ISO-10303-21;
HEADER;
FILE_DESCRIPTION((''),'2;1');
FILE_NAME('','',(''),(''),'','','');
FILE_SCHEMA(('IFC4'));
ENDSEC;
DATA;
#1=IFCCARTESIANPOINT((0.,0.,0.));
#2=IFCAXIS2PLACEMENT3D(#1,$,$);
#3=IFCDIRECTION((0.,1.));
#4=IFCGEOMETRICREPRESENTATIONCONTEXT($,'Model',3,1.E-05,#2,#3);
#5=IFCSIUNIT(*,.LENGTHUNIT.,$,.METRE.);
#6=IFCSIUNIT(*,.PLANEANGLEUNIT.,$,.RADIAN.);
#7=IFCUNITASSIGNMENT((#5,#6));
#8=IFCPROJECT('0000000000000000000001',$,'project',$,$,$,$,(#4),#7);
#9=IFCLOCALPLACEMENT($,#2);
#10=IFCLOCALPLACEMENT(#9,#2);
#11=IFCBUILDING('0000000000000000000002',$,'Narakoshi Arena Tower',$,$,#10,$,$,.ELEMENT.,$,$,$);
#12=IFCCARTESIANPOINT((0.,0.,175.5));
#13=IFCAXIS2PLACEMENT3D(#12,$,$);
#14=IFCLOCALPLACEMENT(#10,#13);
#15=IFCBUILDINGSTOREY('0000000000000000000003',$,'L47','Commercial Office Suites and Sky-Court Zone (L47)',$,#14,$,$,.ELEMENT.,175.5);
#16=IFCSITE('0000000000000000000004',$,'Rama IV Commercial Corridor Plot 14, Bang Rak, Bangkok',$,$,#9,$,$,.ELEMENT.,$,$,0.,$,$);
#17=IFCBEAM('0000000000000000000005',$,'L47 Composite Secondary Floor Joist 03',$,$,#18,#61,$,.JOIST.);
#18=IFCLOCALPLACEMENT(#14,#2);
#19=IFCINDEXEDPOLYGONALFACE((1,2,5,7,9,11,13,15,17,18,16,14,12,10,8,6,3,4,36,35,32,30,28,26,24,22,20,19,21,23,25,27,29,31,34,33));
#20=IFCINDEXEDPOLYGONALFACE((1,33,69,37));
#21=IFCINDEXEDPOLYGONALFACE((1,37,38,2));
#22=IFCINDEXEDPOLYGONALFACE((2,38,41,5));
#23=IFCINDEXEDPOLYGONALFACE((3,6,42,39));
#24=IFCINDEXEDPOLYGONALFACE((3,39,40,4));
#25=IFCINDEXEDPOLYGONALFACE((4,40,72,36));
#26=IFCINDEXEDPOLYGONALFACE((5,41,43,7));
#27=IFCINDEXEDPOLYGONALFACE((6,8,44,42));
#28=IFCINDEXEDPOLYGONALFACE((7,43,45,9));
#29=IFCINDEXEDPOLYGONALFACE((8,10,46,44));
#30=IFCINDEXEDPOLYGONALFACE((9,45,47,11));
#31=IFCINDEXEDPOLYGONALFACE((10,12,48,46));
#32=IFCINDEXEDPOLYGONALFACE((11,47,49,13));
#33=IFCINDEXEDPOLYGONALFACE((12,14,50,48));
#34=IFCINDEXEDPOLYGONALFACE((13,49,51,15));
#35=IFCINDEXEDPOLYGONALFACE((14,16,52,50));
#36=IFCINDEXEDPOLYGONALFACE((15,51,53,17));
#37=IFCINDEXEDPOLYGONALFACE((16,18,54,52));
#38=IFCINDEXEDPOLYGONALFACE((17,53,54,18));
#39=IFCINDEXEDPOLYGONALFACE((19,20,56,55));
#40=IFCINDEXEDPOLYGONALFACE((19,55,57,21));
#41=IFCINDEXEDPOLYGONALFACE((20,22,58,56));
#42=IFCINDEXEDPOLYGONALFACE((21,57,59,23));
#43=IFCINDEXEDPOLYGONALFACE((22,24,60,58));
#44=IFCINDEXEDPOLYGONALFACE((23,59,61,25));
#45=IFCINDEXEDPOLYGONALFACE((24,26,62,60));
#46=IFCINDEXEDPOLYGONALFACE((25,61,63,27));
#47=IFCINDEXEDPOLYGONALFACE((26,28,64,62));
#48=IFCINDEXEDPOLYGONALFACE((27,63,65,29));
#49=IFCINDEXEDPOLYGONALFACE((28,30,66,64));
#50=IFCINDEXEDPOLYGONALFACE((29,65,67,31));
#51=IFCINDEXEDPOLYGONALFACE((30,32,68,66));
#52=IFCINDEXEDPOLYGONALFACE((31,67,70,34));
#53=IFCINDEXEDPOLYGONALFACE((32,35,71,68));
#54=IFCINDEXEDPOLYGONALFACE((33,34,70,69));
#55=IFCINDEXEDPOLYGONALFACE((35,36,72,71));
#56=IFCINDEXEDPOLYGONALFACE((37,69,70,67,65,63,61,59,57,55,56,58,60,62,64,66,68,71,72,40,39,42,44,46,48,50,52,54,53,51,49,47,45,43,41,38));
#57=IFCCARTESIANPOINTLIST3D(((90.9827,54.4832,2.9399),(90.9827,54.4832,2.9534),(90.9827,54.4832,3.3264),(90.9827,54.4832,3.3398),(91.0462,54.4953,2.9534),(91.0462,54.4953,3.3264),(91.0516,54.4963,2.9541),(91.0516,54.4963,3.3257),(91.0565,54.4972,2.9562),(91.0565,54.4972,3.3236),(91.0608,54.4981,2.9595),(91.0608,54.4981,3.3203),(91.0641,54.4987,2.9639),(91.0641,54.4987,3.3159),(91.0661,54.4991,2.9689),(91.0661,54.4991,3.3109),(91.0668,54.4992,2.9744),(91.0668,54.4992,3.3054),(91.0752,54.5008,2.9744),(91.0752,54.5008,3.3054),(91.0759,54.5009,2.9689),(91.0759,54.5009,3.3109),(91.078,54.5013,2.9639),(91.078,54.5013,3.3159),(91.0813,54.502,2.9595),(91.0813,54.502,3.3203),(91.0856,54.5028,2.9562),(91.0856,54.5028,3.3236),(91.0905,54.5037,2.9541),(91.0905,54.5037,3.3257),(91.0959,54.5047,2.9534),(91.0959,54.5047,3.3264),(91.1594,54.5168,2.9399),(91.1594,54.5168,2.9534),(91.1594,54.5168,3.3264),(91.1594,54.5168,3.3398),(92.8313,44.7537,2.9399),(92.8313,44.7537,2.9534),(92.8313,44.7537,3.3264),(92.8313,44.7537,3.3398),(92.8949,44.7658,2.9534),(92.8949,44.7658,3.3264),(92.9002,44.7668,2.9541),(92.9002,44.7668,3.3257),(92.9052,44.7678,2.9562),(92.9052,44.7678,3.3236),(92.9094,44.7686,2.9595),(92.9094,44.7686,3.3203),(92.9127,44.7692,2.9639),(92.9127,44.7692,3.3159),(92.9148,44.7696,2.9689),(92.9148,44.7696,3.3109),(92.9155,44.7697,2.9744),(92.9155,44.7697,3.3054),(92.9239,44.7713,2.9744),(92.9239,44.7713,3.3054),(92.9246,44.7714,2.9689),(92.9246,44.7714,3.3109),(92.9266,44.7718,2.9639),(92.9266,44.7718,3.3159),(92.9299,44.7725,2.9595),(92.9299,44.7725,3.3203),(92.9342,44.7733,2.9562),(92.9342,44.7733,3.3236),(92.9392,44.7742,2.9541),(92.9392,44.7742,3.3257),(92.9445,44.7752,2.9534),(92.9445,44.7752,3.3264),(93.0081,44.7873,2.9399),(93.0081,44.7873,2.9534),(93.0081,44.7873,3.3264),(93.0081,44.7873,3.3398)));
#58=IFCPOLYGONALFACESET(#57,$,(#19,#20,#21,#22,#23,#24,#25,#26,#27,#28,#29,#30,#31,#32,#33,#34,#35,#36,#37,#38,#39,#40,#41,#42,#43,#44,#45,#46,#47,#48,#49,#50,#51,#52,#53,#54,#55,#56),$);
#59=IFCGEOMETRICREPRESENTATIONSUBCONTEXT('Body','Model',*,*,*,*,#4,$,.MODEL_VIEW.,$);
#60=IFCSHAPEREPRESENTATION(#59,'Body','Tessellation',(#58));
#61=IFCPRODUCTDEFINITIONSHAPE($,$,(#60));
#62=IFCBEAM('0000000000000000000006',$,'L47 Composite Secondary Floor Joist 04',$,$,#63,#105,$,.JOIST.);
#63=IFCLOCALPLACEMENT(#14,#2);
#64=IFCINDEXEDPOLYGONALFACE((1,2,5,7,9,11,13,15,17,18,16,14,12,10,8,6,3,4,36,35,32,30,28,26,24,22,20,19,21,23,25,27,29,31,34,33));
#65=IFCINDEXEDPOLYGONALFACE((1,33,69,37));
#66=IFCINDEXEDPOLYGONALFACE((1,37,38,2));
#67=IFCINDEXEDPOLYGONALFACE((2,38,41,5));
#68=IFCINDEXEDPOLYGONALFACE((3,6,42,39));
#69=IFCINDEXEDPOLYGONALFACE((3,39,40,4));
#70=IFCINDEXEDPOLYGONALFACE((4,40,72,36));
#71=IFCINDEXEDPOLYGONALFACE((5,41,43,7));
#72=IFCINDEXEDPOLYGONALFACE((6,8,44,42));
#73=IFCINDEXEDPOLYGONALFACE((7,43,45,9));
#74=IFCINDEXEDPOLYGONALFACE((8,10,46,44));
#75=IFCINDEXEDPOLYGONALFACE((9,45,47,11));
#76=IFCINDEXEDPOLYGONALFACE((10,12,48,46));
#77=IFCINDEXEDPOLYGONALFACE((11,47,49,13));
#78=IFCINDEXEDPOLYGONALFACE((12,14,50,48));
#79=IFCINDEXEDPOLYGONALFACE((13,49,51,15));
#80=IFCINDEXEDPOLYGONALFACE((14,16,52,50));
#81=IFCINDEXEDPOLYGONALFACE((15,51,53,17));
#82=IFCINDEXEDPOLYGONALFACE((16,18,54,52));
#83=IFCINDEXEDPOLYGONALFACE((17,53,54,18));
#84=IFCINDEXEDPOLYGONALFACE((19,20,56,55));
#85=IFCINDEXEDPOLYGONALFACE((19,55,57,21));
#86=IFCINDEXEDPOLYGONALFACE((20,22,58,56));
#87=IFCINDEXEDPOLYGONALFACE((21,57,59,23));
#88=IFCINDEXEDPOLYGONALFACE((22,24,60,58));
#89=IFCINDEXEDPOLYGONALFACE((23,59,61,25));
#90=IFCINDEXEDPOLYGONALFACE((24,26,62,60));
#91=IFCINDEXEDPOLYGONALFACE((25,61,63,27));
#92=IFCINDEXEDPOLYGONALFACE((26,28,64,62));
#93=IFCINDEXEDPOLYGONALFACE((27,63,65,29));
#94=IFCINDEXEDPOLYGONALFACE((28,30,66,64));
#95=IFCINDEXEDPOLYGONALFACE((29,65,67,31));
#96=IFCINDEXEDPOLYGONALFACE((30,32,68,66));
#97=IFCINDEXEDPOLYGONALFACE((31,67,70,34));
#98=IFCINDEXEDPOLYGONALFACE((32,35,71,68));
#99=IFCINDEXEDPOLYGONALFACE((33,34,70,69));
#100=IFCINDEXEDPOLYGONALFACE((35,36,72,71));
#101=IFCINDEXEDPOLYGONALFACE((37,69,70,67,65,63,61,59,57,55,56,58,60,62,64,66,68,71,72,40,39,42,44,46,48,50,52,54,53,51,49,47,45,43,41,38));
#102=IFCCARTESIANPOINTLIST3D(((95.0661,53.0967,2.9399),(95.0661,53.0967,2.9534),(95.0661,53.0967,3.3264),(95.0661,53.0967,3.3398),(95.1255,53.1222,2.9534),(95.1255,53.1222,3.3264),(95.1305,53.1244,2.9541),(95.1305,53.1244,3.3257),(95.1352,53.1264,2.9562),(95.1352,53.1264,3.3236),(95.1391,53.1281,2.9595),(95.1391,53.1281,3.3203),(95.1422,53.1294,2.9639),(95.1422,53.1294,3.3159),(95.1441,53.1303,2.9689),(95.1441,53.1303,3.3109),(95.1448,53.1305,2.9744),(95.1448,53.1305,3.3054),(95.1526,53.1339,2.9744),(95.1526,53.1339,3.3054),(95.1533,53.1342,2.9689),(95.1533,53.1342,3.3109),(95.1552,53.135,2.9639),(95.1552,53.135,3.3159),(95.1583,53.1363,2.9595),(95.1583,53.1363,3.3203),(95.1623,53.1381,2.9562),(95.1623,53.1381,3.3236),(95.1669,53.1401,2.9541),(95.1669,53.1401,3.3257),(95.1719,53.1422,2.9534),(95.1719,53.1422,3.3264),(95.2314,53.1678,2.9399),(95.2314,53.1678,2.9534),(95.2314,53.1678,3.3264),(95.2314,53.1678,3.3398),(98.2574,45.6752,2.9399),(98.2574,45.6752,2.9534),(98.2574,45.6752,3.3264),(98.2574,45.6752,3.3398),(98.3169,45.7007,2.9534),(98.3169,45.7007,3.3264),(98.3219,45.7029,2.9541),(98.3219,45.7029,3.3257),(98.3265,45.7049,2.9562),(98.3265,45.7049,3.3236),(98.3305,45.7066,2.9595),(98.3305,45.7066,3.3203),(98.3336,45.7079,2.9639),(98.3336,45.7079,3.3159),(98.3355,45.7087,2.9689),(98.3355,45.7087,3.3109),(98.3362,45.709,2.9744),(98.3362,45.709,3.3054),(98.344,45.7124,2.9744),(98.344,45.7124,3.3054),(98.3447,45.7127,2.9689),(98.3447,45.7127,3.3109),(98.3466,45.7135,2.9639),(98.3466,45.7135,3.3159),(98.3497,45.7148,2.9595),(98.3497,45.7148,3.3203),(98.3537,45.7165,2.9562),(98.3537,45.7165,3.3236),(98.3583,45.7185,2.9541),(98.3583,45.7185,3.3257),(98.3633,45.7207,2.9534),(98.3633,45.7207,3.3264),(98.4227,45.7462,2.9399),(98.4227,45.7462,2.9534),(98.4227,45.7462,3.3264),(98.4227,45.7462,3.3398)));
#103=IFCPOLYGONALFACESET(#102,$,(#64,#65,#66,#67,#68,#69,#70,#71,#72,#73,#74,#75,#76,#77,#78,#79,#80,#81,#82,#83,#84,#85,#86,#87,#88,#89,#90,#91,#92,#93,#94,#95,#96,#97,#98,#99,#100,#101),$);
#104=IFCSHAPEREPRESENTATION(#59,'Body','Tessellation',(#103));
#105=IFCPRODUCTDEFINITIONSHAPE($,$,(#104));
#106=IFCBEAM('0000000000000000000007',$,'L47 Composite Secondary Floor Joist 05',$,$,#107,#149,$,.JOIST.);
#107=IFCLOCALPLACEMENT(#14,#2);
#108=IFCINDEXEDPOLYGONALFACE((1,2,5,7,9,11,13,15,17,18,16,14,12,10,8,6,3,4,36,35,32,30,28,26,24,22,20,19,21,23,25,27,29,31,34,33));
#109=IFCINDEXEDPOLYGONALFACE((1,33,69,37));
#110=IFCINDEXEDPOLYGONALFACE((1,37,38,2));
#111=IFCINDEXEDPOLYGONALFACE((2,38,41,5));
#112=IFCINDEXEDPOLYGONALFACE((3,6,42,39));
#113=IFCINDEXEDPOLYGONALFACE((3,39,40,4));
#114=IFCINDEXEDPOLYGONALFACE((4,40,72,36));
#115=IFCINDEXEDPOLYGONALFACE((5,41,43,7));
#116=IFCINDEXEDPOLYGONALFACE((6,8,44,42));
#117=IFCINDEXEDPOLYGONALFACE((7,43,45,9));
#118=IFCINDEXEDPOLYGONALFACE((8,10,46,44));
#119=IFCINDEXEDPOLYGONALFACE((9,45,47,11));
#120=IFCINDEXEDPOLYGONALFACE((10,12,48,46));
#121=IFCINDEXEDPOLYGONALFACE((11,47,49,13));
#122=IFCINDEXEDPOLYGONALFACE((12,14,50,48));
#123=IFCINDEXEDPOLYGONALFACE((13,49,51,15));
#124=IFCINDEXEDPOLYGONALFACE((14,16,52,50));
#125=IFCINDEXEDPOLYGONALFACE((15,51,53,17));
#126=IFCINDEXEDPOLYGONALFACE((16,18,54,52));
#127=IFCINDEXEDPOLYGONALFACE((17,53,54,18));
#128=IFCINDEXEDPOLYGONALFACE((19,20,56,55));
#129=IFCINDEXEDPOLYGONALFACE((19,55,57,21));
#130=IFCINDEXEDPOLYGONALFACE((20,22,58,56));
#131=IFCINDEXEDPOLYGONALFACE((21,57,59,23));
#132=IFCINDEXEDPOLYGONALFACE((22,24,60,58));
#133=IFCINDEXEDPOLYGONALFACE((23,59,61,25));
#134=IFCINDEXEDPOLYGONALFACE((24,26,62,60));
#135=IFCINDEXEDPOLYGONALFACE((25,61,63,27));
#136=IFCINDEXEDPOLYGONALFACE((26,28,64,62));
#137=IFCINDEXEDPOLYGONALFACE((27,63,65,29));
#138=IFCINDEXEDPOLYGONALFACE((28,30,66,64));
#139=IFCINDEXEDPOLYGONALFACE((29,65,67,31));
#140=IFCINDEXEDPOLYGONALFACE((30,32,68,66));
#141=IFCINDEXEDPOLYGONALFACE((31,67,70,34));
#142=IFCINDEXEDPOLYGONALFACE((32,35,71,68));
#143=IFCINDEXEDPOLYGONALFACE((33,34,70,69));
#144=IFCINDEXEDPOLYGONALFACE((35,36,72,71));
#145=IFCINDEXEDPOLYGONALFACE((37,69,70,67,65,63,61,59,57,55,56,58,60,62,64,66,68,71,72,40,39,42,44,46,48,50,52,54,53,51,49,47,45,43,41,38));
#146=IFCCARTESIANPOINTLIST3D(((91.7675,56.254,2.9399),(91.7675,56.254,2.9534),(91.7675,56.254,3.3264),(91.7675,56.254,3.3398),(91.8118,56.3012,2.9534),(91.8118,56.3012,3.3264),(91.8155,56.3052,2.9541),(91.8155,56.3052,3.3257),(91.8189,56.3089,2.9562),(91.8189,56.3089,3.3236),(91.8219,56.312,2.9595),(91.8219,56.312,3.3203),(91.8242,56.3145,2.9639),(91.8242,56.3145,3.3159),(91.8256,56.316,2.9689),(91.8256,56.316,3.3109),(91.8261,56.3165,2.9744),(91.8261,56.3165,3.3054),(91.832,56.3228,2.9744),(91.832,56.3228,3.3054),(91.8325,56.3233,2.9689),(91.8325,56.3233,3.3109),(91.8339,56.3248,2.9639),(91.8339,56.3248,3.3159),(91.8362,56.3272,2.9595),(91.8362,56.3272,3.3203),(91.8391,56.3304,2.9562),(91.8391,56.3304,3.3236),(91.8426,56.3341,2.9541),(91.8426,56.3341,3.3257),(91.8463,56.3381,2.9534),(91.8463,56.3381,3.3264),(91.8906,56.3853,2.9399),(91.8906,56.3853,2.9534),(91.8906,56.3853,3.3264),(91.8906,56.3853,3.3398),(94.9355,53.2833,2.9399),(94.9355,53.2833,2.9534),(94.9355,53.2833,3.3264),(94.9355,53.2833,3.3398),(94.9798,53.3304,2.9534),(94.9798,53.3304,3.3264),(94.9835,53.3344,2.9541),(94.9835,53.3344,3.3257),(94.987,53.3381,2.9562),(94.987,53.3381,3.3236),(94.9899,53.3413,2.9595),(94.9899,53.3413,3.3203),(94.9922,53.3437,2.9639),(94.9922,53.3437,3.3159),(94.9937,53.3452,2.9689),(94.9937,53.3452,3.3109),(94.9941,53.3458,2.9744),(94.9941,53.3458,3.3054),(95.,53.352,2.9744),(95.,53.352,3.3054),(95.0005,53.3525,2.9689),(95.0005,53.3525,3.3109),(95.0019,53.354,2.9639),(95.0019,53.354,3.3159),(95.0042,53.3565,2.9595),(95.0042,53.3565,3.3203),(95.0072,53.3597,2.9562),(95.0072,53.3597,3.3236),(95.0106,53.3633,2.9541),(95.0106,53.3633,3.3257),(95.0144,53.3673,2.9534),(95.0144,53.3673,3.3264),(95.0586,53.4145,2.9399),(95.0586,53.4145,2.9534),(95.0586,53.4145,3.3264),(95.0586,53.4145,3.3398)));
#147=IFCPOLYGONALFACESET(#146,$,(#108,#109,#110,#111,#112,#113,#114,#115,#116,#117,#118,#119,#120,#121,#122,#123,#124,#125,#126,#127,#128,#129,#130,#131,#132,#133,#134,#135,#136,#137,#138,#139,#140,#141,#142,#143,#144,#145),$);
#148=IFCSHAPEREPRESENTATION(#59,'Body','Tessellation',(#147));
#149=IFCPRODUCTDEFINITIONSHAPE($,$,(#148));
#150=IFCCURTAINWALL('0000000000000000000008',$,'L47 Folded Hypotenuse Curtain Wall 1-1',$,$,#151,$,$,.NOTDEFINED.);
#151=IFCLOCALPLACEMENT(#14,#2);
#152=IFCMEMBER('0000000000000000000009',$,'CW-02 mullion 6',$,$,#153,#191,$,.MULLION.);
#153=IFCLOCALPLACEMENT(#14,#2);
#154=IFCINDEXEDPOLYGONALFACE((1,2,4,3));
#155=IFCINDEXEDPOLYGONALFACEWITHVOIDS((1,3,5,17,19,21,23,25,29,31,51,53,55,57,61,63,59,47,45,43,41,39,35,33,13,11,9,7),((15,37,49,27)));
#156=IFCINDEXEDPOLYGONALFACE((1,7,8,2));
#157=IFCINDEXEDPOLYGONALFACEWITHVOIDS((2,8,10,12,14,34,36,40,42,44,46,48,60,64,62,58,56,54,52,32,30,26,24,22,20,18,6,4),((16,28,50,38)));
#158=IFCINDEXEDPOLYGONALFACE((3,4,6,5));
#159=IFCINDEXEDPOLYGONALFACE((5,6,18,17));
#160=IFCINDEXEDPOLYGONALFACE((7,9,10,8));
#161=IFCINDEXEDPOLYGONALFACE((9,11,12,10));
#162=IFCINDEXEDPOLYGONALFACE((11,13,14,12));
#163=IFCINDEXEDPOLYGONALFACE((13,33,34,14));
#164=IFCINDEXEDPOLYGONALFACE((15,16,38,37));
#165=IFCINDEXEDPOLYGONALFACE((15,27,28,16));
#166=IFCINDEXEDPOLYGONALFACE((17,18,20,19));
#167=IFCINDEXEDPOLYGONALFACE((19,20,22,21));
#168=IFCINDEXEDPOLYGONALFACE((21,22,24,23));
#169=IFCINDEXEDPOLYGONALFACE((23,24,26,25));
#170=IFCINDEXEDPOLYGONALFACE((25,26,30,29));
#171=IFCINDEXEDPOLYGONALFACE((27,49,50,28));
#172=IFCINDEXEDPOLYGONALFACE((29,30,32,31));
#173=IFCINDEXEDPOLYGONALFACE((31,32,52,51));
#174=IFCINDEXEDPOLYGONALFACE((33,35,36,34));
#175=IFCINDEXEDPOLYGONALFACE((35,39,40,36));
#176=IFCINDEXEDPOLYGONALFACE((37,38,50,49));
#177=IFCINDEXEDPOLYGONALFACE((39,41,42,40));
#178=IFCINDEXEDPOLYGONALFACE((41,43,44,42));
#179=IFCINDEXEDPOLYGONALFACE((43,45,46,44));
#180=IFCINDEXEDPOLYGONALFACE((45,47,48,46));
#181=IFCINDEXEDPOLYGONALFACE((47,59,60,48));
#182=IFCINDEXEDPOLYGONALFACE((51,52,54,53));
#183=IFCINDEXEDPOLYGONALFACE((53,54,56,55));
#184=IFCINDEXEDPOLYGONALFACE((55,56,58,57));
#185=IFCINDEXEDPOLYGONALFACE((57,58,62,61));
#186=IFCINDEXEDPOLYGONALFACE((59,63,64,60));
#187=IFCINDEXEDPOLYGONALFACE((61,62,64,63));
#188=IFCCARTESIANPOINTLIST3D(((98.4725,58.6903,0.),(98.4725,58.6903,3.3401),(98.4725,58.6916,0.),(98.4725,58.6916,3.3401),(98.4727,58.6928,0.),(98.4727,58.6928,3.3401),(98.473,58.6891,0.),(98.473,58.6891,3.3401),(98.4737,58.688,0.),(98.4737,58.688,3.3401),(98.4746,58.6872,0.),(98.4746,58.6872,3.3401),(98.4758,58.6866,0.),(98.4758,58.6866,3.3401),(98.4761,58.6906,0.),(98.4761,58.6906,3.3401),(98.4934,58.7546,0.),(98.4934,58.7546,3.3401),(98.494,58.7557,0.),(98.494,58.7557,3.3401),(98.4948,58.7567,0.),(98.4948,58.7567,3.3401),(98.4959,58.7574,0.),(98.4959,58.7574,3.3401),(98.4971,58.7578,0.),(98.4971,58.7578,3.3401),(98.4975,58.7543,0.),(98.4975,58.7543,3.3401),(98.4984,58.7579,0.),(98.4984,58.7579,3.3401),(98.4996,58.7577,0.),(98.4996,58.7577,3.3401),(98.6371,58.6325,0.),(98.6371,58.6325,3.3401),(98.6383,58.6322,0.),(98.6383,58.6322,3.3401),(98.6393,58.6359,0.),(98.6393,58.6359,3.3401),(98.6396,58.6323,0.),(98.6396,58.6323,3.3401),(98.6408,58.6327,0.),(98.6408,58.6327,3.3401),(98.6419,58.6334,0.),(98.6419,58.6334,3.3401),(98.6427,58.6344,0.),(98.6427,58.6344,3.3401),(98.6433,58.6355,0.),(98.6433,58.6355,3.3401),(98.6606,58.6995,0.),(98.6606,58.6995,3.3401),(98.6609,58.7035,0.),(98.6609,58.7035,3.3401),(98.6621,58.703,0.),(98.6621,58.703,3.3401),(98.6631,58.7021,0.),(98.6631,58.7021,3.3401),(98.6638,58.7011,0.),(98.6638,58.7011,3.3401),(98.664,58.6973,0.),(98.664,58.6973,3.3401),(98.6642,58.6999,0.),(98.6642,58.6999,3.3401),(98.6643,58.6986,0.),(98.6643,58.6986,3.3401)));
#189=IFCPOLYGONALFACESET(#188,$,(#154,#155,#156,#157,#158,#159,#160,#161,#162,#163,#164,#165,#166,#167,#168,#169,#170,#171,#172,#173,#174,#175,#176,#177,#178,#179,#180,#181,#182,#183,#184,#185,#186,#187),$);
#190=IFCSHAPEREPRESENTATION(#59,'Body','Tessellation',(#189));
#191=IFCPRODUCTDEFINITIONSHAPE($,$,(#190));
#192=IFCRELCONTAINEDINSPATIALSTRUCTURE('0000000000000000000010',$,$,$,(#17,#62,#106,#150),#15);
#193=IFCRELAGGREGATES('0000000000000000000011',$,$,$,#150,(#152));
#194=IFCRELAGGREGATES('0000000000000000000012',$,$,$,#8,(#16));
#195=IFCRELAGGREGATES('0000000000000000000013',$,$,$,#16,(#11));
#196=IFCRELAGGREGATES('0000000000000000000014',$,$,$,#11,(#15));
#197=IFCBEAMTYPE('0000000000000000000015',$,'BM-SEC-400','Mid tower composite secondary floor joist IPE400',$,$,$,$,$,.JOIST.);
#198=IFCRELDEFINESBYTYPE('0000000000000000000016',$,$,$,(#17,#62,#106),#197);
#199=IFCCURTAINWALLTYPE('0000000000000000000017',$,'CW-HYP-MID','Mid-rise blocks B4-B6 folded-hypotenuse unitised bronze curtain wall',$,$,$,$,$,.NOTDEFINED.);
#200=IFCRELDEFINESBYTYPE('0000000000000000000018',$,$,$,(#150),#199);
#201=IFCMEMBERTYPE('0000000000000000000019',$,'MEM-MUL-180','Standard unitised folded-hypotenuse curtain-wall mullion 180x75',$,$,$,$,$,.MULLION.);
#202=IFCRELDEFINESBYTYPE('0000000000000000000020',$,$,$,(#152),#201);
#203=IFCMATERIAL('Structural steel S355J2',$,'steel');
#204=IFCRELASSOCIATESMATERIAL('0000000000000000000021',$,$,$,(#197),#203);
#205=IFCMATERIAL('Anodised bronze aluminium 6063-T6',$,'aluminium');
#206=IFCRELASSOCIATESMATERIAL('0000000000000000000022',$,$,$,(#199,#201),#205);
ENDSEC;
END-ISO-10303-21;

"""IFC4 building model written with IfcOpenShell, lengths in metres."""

from ifc_helpers import new_model, si_unit, direction, frame, origin, origin_2d, place, context, subcontext, project, spatial, hollow_rectangle, i_section, extrude, material, material_profile, profile_set, type_object, element, aggregate, save


model = new_model("IFC4")

# Units and contexts
model_context = context("Model", 3, precision=1e-05, world=origin(), true_north=direction((0.0, 1.0)))
body_context = subcontext(model_context, "Body", "Model", "MODEL_VIEW")
ifc_project = project(units=[si_unit("LENGTHUNIT", "METRE"), si_unit("PLANEANGLEUNIT", "RADIAN")], contexts=[model_context])

# Site, building, storey
site_placement = place(None, origin())
site = spatial("IfcSite", under=ifc_project, at=site_placement, Name="Rama IV Commercial Corridor Plot 14, Bang Rak, Bangkok", CompositionType="ELEMENT", RefElevation=0.0)
building_placement = place(site_placement, origin())
building = spatial("IfcBuilding", under=site, at=building_placement, Name="Narakoshi Arena Tower", CompositionType="ELEMENT")
storey_placement = place(building_placement, frame((0.0, 0.0, 175.5)))
storey = spatial("IfcBuildingStorey", under=building, at=storey_placement, Name="L47", Description="Commercial Office Suites and Sky-Court Zone (L47)", CompositionType="ELEMENT", Elevation=175.5)

# Beams
ifc_material_1 = material(Name="Structural steel S355J2", Category="steel")
ifc_material_profile_1 = material_profile(ifc_material_1, i_section(OverallWidth=0.1799, OverallDepth=0.3999, WebThickness=0.0085, FlangeThickness=0.0134, FilletRadius=0.021, at=origin_2d()), Name="IPE400")
ifc_profile_set_1 = profile_set([ifc_material_profile_1], Name="Structural steel S355J2")
beam_type_1 = type_object("IfcBeamType", Name="BM-SEC-400", Description="Mid tower composite secondary floor joist IPE400", PredefinedType="JOIST", material=ifc_profile_set_1)
beam_1_placement = place(storey_placement, frame((92.9197, 44.7705, 3.1399), z_axis=(-0.186664, 0.982424, 0.0), x_axis=(-0.982424, -0.186664, 0.0)))
element("IfcBeam", 1, at=beam_1_placement, inside=storey, type_object=beam_type_1, Name="L47 Composite Secondary Floor Joist 03", PredefinedType="JOIST", context=body_context, shape_type="SweptSolid", body=[
    extrude(i_section(OverallWidth=0.1799, OverallDepth=0.3999, WebThickness=0.0085, FlangeThickness=0.0134, FilletRadius=0.021, at=origin_2d()), origin(), (0.0, 0.0, 1.0), 9.9036),
])
beam_2_placement = place(storey_placement, frame((98.3401, 45.7107, 3.1399), z_axis=(-0.395039, 0.918664, 0.0), x_axis=(-0.918664, -0.395039, 0.0)))
element("IfcBeam", 2, at=beam_2_placement, inside=storey, type_object=beam_type_1, Name="L47 Composite Secondary Floor Joist 04", PredefinedType="JOIST", context=body_context, shape_type="SweptSolid", body=[
    extrude(i_section(OverallWidth=0.1799, OverallDepth=0.3999, WebThickness=0.0085, FlangeThickness=0.0134, FilletRadius=0.021, at=origin_2d()), origin(), (0.0, 0.0, 1.0), 8.0786),
])
beam_3_placement = place(storey_placement, frame((94.9971, 53.3489, 3.1399), z_axis=(-0.729453, 0.684031, 0.0), x_axis=(-0.684031, -0.729453, 0.0)))
element("IfcBeam", 3, at=beam_3_placement, inside=storey, type_object=beam_type_1, Name="L47 Composite Secondary Floor Joist 05", PredefinedType="JOIST", context=body_context, shape_type="SweptSolid", body=[
    extrude(i_section(OverallWidth=0.1799, OverallDepth=0.3999, WebThickness=0.0085, FlangeThickness=0.0134, FilletRadius=0.021, at=origin_2d()), origin(), (0.0, 0.0, 1.0), 4.343),
])

# Curtain wall, member
ifc_material_2 = material(Name="Anodised bronze aluminium 6063-T6", Category="aluminium")
curtain_wall_type = type_object("IfcCurtainWallType", Name="CW-HYP-MID", Description="Mid-rise blocks B4-B6 folded-hypotenuse unitised bronze curtain wall", PredefinedType="NOTDEFINED", material=ifc_material_2)
curtain_wall_placement = place(storey_placement, origin())
curtain_wall = element("IfcCurtainWall", 4, at=curtain_wall_placement, inside=storey, type_object=curtain_wall_type, Name="L47 Folded Hypotenuse Curtain Wall 1-1", PredefinedType="NOTDEFINED")
ifc_material_profile_2 = material_profile(ifc_material_2, hollow_rectangle(XDim=0.075, YDim=0.1799, WallThickness=0.0039, OuterFilletRadius=0.0049, at=origin_2d()), Name="MUL180x75x4")
ifc_profile_set_2 = profile_set([ifc_material_profile_2], Name="Anodised bronze aluminium 6063-T6")
member_type_1 = type_object("IfcMemberType", Name="MEM-MUL-180", Description="Standard unitised folded-hypotenuse curtain-wall mullion 180x75", PredefinedType="MULLION", material=ifc_profile_set_2)
member_1_placement = place(storey_placement, frame((98.5684, 58.6951, 0.0), z_axis=(0.0, 0.0, 1.0), x_axis=(-0.318261, -0.948003, 0.0)))
member_1 = element("IfcMember", 5, at=member_1_placement, type_object=member_type_1, Name="CW-02 mullion 6", PredefinedType="MULLION", context=body_context, shape_type="SweptSolid", body=[
    extrude(hollow_rectangle(XDim=0.075, YDim=0.1799, WallThickness=0.0039, OuterFilletRadius=0.0049, at=origin_2d()), origin(), (0.0, 0.0, 1.0), 3.3401),
])
aggregate(curtain_wall, [member_1])

save(model, "model.ifc")
